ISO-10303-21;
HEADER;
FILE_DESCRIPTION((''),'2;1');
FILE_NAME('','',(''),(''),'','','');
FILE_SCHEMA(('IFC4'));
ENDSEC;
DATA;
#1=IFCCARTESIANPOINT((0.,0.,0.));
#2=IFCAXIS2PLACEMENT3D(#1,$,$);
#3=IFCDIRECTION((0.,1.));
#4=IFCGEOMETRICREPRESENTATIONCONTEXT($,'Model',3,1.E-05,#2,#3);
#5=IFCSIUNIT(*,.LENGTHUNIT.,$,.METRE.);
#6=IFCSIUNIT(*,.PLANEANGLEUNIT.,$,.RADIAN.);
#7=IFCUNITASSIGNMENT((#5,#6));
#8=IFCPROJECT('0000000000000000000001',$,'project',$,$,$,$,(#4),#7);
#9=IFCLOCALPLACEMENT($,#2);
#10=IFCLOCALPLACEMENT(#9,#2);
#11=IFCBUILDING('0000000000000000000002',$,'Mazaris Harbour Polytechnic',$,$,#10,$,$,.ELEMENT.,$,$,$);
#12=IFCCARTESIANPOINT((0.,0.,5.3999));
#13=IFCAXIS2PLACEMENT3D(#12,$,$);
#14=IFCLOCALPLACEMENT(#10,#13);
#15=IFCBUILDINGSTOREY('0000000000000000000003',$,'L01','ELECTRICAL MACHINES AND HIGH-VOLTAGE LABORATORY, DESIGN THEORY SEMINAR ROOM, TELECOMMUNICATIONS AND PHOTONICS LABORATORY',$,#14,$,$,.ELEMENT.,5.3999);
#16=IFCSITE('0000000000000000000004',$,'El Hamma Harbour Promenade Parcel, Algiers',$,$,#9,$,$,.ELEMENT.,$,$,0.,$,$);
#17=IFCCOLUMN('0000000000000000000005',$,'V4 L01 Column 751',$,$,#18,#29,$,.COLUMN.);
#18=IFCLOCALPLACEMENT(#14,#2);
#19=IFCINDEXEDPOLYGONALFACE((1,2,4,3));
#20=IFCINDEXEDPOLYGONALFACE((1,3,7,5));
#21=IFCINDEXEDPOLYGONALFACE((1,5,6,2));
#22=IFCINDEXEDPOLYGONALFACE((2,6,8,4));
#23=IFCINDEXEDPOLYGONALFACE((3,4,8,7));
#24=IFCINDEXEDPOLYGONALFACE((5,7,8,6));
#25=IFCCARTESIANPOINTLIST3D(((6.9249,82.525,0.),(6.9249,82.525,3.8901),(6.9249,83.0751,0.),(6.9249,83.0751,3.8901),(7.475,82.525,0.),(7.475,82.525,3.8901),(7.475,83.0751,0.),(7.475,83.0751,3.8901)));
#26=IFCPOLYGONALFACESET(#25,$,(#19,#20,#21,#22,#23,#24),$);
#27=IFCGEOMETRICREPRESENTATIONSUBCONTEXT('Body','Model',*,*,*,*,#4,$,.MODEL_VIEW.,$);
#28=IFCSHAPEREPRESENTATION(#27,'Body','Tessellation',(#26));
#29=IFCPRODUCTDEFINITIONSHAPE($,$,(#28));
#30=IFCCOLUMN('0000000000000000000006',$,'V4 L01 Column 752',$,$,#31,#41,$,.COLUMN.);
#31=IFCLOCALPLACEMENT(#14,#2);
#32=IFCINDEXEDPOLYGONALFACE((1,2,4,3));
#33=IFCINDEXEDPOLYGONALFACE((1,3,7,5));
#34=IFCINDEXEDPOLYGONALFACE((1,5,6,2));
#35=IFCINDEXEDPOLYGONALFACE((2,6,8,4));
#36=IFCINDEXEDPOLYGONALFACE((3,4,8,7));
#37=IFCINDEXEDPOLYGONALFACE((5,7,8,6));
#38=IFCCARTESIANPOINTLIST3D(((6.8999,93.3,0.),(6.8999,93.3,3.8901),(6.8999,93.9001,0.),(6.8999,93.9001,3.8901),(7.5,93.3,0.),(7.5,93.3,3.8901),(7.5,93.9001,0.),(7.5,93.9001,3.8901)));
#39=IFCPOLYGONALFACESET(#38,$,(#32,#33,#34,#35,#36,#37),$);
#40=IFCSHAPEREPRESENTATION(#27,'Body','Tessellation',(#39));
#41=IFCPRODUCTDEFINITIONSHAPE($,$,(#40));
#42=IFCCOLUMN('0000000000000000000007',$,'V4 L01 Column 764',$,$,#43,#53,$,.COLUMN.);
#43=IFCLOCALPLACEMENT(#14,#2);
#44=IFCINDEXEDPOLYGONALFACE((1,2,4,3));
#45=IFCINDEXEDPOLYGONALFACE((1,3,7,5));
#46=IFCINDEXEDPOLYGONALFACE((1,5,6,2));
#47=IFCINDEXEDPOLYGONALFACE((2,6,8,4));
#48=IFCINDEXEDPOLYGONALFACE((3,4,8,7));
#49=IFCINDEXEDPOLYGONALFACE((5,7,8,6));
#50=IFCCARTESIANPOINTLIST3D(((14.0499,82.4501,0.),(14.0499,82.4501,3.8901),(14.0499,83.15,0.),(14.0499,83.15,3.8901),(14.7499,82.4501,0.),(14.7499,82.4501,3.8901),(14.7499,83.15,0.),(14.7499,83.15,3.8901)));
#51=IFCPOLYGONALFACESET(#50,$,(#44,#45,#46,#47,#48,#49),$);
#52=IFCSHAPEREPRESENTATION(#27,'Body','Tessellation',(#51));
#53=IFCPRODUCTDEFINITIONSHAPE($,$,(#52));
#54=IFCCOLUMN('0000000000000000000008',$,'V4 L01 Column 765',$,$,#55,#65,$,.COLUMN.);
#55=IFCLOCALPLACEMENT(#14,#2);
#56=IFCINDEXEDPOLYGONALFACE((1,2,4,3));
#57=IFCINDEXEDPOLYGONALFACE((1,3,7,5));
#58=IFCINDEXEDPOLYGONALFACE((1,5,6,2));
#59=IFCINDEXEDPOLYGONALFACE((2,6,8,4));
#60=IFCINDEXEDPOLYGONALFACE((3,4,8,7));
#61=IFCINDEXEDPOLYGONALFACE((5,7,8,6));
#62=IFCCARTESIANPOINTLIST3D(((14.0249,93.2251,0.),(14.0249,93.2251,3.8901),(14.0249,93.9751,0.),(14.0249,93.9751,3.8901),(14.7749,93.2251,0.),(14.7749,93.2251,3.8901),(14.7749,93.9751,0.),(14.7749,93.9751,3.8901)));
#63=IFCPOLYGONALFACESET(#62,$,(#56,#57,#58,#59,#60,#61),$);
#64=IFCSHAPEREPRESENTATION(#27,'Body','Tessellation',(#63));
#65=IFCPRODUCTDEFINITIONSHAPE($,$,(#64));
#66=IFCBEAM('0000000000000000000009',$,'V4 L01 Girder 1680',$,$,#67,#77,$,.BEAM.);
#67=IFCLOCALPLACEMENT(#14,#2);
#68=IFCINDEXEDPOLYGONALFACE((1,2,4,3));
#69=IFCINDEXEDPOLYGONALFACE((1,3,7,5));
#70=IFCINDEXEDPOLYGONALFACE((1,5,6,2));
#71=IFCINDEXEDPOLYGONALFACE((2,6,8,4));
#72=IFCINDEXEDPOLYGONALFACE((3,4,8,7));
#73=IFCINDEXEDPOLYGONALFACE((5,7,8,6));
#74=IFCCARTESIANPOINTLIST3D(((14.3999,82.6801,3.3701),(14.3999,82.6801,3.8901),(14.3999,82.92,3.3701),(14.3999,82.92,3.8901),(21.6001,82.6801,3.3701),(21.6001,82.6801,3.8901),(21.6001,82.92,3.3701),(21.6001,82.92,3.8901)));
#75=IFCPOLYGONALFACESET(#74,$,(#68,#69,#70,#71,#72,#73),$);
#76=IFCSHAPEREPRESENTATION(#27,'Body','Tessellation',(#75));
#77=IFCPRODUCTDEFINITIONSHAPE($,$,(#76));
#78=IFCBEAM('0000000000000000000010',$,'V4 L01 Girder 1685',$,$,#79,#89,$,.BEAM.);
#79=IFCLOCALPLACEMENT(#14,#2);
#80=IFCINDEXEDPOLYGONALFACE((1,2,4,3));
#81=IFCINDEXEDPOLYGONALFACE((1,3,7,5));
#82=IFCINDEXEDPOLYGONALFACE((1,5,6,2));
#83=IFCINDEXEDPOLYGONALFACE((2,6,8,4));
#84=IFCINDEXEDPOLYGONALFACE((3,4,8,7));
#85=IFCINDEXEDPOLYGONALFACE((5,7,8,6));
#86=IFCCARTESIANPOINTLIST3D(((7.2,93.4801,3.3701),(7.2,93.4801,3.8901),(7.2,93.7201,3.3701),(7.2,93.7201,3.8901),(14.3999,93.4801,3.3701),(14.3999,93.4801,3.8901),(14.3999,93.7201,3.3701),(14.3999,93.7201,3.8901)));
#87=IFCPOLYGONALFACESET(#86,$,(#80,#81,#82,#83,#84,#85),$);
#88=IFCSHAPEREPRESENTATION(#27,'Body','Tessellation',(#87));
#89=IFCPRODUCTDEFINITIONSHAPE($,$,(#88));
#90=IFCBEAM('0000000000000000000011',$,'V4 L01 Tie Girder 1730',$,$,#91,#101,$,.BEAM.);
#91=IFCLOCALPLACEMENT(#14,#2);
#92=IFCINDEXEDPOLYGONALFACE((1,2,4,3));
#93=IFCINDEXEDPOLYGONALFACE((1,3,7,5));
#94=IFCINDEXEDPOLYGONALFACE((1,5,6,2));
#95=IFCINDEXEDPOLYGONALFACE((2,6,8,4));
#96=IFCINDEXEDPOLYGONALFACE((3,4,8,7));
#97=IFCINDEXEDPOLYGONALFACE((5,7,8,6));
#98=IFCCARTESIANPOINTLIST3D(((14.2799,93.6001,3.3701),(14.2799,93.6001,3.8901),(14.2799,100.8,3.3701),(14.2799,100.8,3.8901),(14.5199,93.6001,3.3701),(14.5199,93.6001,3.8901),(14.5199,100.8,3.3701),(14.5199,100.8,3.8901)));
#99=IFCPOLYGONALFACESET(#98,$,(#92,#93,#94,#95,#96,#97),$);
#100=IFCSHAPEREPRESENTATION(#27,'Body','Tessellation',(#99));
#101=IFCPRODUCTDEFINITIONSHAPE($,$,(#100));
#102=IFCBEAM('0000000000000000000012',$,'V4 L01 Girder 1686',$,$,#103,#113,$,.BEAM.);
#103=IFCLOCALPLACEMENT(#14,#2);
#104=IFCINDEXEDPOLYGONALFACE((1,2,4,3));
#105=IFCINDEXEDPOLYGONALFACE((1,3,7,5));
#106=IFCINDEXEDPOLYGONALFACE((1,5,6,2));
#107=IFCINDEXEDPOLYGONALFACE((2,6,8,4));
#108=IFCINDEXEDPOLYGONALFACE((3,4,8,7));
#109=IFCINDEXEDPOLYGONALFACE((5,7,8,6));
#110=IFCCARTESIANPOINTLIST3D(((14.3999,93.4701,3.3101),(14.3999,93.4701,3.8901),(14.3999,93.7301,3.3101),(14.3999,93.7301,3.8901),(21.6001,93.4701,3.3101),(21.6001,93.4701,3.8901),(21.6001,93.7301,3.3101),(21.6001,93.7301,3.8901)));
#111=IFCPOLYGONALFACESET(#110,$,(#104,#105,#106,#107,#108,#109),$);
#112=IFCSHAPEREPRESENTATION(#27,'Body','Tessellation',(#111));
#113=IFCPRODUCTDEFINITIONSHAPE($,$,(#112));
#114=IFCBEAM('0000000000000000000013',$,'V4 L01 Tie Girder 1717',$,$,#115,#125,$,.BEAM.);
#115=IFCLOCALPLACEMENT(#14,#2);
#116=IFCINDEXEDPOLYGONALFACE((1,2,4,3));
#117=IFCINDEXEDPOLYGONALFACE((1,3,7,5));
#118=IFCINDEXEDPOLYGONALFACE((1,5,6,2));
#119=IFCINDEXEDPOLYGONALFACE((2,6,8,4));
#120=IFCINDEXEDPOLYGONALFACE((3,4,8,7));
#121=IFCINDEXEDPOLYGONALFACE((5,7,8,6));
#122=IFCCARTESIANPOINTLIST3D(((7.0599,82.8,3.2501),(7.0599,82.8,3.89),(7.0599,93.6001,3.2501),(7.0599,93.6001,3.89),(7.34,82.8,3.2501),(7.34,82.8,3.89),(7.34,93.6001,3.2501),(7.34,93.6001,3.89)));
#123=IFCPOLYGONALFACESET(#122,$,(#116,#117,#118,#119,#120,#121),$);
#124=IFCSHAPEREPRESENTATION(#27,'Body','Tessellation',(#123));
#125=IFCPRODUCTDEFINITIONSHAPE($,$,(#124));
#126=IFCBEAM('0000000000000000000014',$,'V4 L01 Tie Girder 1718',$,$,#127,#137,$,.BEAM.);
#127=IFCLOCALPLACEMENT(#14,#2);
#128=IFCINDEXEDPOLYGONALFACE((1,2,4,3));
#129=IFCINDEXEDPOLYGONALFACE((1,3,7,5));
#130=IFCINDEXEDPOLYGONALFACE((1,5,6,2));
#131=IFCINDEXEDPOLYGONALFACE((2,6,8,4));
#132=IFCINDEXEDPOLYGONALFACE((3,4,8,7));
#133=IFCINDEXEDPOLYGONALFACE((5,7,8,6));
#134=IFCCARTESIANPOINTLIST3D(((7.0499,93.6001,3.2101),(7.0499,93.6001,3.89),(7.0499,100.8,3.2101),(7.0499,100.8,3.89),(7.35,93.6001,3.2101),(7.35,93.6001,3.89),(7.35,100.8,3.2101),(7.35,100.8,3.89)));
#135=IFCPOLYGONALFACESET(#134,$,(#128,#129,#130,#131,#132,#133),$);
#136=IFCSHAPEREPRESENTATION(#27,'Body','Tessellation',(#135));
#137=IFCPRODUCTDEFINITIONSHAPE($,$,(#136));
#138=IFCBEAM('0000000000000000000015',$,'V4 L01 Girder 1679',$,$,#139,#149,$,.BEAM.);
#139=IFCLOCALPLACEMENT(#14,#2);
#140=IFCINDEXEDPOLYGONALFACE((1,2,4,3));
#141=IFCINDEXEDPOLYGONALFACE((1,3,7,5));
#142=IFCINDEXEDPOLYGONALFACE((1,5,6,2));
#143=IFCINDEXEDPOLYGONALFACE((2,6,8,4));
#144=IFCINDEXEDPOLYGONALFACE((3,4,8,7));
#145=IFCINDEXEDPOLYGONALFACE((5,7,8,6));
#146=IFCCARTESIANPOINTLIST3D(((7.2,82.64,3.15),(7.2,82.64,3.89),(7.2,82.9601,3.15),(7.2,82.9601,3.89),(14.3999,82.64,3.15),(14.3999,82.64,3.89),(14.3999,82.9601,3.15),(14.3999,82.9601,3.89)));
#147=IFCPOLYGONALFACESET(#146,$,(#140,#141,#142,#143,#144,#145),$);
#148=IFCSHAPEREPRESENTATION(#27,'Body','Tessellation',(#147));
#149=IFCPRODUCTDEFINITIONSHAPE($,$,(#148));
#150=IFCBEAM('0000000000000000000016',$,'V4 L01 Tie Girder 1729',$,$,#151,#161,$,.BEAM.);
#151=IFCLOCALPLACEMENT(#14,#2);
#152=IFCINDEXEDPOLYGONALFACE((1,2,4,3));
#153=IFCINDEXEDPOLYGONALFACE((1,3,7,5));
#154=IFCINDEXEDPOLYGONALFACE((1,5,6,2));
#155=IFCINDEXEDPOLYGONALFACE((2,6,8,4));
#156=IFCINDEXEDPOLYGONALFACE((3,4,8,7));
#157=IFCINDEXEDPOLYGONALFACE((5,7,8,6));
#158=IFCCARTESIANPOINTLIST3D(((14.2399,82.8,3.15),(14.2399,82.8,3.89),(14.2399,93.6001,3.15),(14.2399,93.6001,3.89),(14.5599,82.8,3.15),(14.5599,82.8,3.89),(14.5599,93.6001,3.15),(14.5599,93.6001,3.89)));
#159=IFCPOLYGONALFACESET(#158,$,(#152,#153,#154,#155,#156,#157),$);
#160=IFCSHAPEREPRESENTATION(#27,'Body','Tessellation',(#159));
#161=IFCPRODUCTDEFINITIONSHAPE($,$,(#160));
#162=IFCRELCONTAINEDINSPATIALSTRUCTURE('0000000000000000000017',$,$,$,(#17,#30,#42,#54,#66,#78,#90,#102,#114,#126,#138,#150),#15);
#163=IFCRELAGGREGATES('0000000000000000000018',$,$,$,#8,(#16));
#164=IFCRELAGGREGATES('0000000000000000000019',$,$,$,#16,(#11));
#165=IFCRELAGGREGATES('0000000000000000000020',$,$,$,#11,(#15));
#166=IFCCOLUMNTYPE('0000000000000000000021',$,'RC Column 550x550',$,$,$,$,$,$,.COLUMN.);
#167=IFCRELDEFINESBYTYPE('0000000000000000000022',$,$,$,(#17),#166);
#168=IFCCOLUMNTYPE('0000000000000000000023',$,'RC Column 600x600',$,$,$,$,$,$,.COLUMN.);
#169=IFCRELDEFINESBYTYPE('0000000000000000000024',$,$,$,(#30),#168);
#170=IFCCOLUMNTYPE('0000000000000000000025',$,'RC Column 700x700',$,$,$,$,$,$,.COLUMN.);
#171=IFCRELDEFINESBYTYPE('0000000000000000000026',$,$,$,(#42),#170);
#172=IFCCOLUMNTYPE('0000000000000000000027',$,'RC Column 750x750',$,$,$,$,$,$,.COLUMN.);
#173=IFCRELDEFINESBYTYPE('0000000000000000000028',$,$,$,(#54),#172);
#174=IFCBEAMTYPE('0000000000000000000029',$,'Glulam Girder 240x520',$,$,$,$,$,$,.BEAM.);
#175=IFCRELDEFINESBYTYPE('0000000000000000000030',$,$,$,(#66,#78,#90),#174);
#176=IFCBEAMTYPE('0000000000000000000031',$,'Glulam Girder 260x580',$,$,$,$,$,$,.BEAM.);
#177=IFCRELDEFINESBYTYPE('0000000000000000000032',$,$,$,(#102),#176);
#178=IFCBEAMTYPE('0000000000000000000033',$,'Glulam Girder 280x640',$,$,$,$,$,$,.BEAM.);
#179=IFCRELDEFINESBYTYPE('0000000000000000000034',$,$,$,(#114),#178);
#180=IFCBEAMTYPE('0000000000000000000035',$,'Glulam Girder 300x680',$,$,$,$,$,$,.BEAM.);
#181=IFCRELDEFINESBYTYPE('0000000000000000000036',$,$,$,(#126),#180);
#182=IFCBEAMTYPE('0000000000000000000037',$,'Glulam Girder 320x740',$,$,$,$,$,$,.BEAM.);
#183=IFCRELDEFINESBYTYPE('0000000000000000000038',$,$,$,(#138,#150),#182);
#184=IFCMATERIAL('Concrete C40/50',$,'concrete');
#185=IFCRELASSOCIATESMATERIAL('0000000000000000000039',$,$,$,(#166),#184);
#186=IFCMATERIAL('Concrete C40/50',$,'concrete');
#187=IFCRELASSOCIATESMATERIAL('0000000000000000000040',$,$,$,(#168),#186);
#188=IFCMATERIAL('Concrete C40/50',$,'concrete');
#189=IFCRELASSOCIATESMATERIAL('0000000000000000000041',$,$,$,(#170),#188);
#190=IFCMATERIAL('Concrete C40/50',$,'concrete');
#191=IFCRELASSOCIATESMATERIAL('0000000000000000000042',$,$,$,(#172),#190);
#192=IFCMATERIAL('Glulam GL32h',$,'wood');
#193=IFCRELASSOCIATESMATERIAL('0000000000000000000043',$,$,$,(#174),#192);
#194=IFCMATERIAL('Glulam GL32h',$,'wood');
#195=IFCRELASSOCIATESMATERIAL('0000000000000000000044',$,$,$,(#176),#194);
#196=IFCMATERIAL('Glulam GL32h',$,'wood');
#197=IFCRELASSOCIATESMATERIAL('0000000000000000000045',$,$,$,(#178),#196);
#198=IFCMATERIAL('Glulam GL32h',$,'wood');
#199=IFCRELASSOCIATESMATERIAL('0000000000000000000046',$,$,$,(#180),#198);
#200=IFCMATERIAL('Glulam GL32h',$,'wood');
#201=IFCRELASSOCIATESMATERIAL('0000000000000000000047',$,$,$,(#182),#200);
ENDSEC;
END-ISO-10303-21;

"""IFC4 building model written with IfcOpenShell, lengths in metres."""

from ifc_helpers import new_model, si_unit, direction, frame, origin, origin_2d, place, context, subcontext, project, spatial, rectangle, extrude, material, material_profile, profile_set, type_object, element, save


model = new_model("IFC4")

# Units and contexts
model_context = context("Model", 3, precision=1e-05, world=origin(), true_north=direction((0.0, 1.0)))
body_context = subcontext(model_context, "Body", "Model", "MODEL_VIEW")
ifc_project = project(units=[si_unit("LENGTHUNIT", "METRE"), si_unit("PLANEANGLEUNIT", "RADIAN")], contexts=[model_context])

# Site, building, storey
site_placement = place(None, origin())
site = spatial("IfcSite", under=ifc_project, at=site_placement, Name="El Hamma Harbour Promenade Parcel, Algiers", CompositionType="ELEMENT", RefElevation=0.0)
building_placement = place(site_placement, origin())
building = spatial("IfcBuilding", under=site, at=building_placement, Name="Mazaris Harbour Polytechnic", CompositionType="ELEMENT")
storey_placement = place(building_placement, frame((0.0, 0.0, 5.3999)))
storey = spatial("IfcBuildingStorey", under=building, at=storey_placement, Name="L01", Description="ELECTRICAL MACHINES AND HIGH-VOLTAGE LABORATORY, DESIGN THEORY SEMINAR ROOM, TELECOMMUNICATIONS AND PHOTONICS LABORATORY", CompositionType="ELEMENT", Elevation=5.3999)

# Columns
ifc_material_1 = material(Name="Concrete C40/50", Category="concrete")
ifc_material_profile_1 = material_profile(ifc_material_1, rectangle(XDim=0.55, YDim=0.55, at=origin_2d()), Name="RECT550x550")
ifc_profile_set_1 = profile_set([ifc_material_profile_1], Name="Concrete C40/50")
column_type_1 = type_object("IfcColumnType", Name="RC Column 550x550", PredefinedType="COLUMN", material=ifc_profile_set_1)
column_1_placement = place(storey_placement, frame((7.2, 82.8, 0.0), z_axis=(0.0, 0.0, 1.0), x_axis=(1.0, 0.0, 0.0)))
element("IfcColumn", 1, at=column_1_placement, inside=storey, type_object=column_type_1, Name="V4 L01 Column 751", PredefinedType="COLUMN", context=body_context, shape_type="SweptSolid", body=[
    extrude(rectangle(XDim=0.55, YDim=0.55, at=origin_2d()), origin(), (0.0, 0.0, 1.0), 3.8901),
])
ifc_material_2 = material(Name="Concrete C40/50", Category="concrete")
ifc_material_profile_2 = material_profile(ifc_material_2, rectangle(XDim=0.6001, YDim=0.6001, at=origin_2d()), Name="RECT600x600")
ifc_profile_set_2 = profile_set([ifc_material_profile_2], Name="Concrete C40/50")
column_type_2 = type_object("IfcColumnType", Name="RC Column 600x600", PredefinedType="COLUMN", material=ifc_profile_set_2)
column_2_placement = place(storey_placement, frame((7.2, 93.6001, 0.0), z_axis=(0.0, 0.0, 1.0), x_axis=(1.0, 0.0, 0.0)))
element("IfcColumn", 2, at=column_2_placement, inside=storey, type_object=column_type_2, Name="V4 L01 Column 752", PredefinedType="COLUMN", context=body_context, shape_type="SweptSolid", body=[
    extrude(rectangle(XDim=0.6001, YDim=0.6001, at=origin_2d()), origin(), (0.0, 0.0, 1.0), 3.8901),
])
ifc_material_3 = material(Name="Concrete C40/50", Category="concrete")
ifc_material_profile_3 = material_profile(ifc_material_3, rectangle(XDim=0.7, YDim=0.7, at=origin_2d()), Name="RECT700x700")
ifc_profile_set_3 = profile_set([ifc_material_profile_3], Name="Concrete C40/50")
column_type_3 = type_object("IfcColumnType", Name="RC Column 700x700", PredefinedType="COLUMN", material=ifc_profile_set_3)
column_3_placement = place(storey_placement, frame((14.3999, 82.8, 0.0), z_axis=(0.0, 0.0, 1.0), x_axis=(1.0, 0.0, 0.0)))
element("IfcColumn", 3, at=column_3_placement, inside=storey, type_object=column_type_3, Name="V4 L01 Column 764", PredefinedType="COLUMN", context=body_context, shape_type="SweptSolid", body=[
    extrude(rectangle(XDim=0.7, YDim=0.7, at=origin_2d()), origin(), (0.0, 0.0, 1.0), 3.8901),
])
ifc_material_4 = material(Name="Concrete C40/50", Category="concrete")
ifc_material_profile_4 = material_profile(ifc_material_4, rectangle(XDim=0.75, YDim=0.75, at=origin_2d()), Name="RECT750x750")
ifc_profile_set_4 = profile_set([ifc_material_profile_4], Name="Concrete C40/50")
column_type_4 = type_object("IfcColumnType", Name="RC Column 750x750", PredefinedType="COLUMN", material=ifc_profile_set_4)
column_4_placement = place(storey_placement, frame((14.3999, 93.6001, 0.0), z_axis=(0.0, 0.0, 1.0), x_axis=(1.0, 0.0, 0.0)))
element("IfcColumn", 4, at=column_4_placement, inside=storey, type_object=column_type_4, Name="V4 L01 Column 765", PredefinedType="COLUMN", context=body_context, shape_type="SweptSolid", body=[
    extrude(rectangle(XDim=0.75, YDim=0.75, at=origin_2d()), origin(), (0.0, 0.0, 1.0), 3.8901),
])

# Beams
ifc_material_5 = material(Name="Glulam GL32h", Category="wood")
ifc_material_profile_5 = material_profile(ifc_material_5, rectangle(XDim=0.24, YDim=0.52, at=origin_2d()), Name="RECT240x520")
ifc_profile_set_5 = profile_set([ifc_material_profile_5], Name="Glulam GL32h")
beam_type_1 = type_object("IfcBeamType", Name="Glulam Girder 240x520", PredefinedType="BEAM", material=ifc_profile_set_5)
beam_1_placement = place(storey_placement, frame((14.3999, 82.8, 3.6301), z_axis=(1.0, 0.0, 0.0), x_axis=(0.0, 1.0, 0.0)))
element("IfcBeam", 5, at=beam_1_placement, inside=storey, type_object=beam_type_1, Name="V4 L01 Girder 1680", PredefinedType="BEAM", context=body_context, shape_type="SweptSolid", body=[
    extrude(rectangle(XDim=0.24, YDim=0.52, at=origin_2d()), origin(), (0.0, 0.0, 1.0), 7.2002),
])
for number, where, z_axis, x_axis, name in (
    (6, (7.2, 93.6001, 3.6301), (1.0, 0.0, 0.0), (0.0, 1.0, 0.0), "V4 L01 Girder 1685"),
    (7, (14.3999, 93.6001, 3.6301), (0.0, 1.0, 0.0), (-1.0, 0.0, 0.0), "V4 L01 Tie Girder 1730"),
):
    element("IfcBeam", number, at=place(storey_placement, frame(where, z_axis=z_axis, x_axis=x_axis)), inside=storey, type_object=beam_type_1, Name=name, PredefinedType="BEAM", context=body_context, shape_type="SweptSolid", body=[
        extrude(rectangle(XDim=0.24, YDim=0.52, at=origin_2d()), origin(), (0.0, 0.0, 1.0), 7.2),
    ])
ifc_material_6 = material(Name="Glulam GL32h", Category="wood")
ifc_material_profile_6 = material_profile(ifc_material_6, rectangle(XDim=0.26, YDim=0.5801, at=origin_2d()), Name="RECT260x580")
ifc_profile_set_6 = profile_set([ifc_material_profile_6], Name="Glulam GL32h")
beam_type_2 = type_object("IfcBeamType", Name="Glulam Girder 260x580", PredefinedType="BEAM", material=ifc_profile_set_6)
beam_2_placement = place(storey_placement, frame((14.3999, 93.6001, 3.6001), z_axis=(1.0, 0.0, 0.0), x_axis=(0.0, 1.0, 0.0)))
element("IfcBeam", 8, at=beam_2_placement, inside=storey, type_object=beam_type_2, Name="V4 L01 Girder 1686", PredefinedType="BEAM", context=body_context, shape_type="SweptSolid", body=[
    extrude(rectangle(XDim=0.26, YDim=0.5801, at=origin_2d()), origin(), (0.0, 0.0, 1.0), 7.2002),
])
ifc_material_7 = material(Name="Glulam GL32h", Category="wood")
ifc_material_profile_7 = material_profile(ifc_material_7, rectangle(XDim=0.28, YDim=0.6399, at=origin_2d()), Name="RECT280x640")
ifc_profile_set_7 = profile_set([ifc_material_profile_7], Name="Glulam GL32h")
beam_type_3 = type_object("IfcBeamType", Name="Glulam Girder 280x640", PredefinedType="BEAM", material=ifc_profile_set_7)
beam_3_placement = place(storey_placement, frame((7.2, 82.8, 3.5701), z_axis=(0.0, 1.0, 0.0), x_axis=(-1.0, 0.0, 0.0)))
element("IfcBeam", 9, at=beam_3_placement, inside=storey, type_object=beam_type_3, Name="V4 L01 Tie Girder 1717", PredefinedType="BEAM", context=body_context, shape_type="SweptSolid", body=[
    extrude(rectangle(XDim=0.28, YDim=0.6399, at=origin_2d()), origin(), (0.0, 0.0, 1.0), 10.8),
])
ifc_material_8 = material(Name="Glulam GL32h", Category="wood")
ifc_material_profile_8 = material_profile(ifc_material_8, rectangle(XDim=0.3, YDim=0.6799, at=origin_2d()), Name="RECT300x680")
ifc_profile_set_8 = profile_set([ifc_material_profile_8], Name="Glulam GL32h")
beam_type_4 = type_object("IfcBeamType", Name="Glulam Girder 300x680", PredefinedType="BEAM", material=ifc_profile_set_8)
beam_4_placement = place(storey_placement, frame((7.2, 93.6001, 3.55), z_axis=(0.0, 1.0, 0.0), x_axis=(-1.0, 0.0, 0.0)))
element("IfcBeam", 10, at=beam_4_placement, inside=storey, type_object=beam_type_4, Name="V4 L01 Tie Girder 1718", PredefinedType="BEAM", context=body_context, shape_type="SweptSolid", body=[
    extrude(rectangle(XDim=0.3, YDim=0.6799, at=origin_2d()), origin(), (0.0, 0.0, 1.0), 7.2),
])
ifc_material_9 = material(Name="Glulam GL32h", Category="wood")
ifc_material_profile_9 = material_profile(ifc_material_9, rectangle(XDim=0.3201, YDim=0.74, at=origin_2d()), Name="RECT320x740")
ifc_profile_set_9 = profile_set([ifc_material_profile_9], Name="Glulam GL32h")
beam_type_5 = type_object("IfcBeamType", Name="Glulam Girder 320x740", PredefinedType="BEAM", material=ifc_profile_set_9)
beam_5_placement = place(storey_placement, frame((7.2, 82.8, 3.52), z_axis=(1.0, 0.0, 0.0), x_axis=(0.0, 1.0, 0.0)))
element("IfcBeam", 11, at=beam_5_placement, inside=storey, type_object=beam_type_5, Name="V4 L01 Girder 1679", PredefinedType="BEAM", context=body_context, shape_type="SweptSolid", body=[
    extrude(rectangle(XDim=0.3201, YDim=0.74, at=origin_2d()), origin(), (0.0, 0.0, 1.0), 7.2),
])
beam_6_placement = place(storey_placement, frame((14.3999, 82.8, 3.52), z_axis=(0.0, 1.0, 0.0), x_axis=(-1.0, 0.0, 0.0)))
element("IfcBeam", 12, at=beam_6_placement, inside=storey, type_object=beam_type_5, Name="V4 L01 Tie Girder 1729", PredefinedType="BEAM", context=body_context, shape_type="SweptSolid", body=[
    extrude(rectangle(XDim=0.3201, YDim=0.74, at=origin_2d()), origin(), (0.0, 0.0, 1.0), 10.8),
])

save(model, "model.ifc")
